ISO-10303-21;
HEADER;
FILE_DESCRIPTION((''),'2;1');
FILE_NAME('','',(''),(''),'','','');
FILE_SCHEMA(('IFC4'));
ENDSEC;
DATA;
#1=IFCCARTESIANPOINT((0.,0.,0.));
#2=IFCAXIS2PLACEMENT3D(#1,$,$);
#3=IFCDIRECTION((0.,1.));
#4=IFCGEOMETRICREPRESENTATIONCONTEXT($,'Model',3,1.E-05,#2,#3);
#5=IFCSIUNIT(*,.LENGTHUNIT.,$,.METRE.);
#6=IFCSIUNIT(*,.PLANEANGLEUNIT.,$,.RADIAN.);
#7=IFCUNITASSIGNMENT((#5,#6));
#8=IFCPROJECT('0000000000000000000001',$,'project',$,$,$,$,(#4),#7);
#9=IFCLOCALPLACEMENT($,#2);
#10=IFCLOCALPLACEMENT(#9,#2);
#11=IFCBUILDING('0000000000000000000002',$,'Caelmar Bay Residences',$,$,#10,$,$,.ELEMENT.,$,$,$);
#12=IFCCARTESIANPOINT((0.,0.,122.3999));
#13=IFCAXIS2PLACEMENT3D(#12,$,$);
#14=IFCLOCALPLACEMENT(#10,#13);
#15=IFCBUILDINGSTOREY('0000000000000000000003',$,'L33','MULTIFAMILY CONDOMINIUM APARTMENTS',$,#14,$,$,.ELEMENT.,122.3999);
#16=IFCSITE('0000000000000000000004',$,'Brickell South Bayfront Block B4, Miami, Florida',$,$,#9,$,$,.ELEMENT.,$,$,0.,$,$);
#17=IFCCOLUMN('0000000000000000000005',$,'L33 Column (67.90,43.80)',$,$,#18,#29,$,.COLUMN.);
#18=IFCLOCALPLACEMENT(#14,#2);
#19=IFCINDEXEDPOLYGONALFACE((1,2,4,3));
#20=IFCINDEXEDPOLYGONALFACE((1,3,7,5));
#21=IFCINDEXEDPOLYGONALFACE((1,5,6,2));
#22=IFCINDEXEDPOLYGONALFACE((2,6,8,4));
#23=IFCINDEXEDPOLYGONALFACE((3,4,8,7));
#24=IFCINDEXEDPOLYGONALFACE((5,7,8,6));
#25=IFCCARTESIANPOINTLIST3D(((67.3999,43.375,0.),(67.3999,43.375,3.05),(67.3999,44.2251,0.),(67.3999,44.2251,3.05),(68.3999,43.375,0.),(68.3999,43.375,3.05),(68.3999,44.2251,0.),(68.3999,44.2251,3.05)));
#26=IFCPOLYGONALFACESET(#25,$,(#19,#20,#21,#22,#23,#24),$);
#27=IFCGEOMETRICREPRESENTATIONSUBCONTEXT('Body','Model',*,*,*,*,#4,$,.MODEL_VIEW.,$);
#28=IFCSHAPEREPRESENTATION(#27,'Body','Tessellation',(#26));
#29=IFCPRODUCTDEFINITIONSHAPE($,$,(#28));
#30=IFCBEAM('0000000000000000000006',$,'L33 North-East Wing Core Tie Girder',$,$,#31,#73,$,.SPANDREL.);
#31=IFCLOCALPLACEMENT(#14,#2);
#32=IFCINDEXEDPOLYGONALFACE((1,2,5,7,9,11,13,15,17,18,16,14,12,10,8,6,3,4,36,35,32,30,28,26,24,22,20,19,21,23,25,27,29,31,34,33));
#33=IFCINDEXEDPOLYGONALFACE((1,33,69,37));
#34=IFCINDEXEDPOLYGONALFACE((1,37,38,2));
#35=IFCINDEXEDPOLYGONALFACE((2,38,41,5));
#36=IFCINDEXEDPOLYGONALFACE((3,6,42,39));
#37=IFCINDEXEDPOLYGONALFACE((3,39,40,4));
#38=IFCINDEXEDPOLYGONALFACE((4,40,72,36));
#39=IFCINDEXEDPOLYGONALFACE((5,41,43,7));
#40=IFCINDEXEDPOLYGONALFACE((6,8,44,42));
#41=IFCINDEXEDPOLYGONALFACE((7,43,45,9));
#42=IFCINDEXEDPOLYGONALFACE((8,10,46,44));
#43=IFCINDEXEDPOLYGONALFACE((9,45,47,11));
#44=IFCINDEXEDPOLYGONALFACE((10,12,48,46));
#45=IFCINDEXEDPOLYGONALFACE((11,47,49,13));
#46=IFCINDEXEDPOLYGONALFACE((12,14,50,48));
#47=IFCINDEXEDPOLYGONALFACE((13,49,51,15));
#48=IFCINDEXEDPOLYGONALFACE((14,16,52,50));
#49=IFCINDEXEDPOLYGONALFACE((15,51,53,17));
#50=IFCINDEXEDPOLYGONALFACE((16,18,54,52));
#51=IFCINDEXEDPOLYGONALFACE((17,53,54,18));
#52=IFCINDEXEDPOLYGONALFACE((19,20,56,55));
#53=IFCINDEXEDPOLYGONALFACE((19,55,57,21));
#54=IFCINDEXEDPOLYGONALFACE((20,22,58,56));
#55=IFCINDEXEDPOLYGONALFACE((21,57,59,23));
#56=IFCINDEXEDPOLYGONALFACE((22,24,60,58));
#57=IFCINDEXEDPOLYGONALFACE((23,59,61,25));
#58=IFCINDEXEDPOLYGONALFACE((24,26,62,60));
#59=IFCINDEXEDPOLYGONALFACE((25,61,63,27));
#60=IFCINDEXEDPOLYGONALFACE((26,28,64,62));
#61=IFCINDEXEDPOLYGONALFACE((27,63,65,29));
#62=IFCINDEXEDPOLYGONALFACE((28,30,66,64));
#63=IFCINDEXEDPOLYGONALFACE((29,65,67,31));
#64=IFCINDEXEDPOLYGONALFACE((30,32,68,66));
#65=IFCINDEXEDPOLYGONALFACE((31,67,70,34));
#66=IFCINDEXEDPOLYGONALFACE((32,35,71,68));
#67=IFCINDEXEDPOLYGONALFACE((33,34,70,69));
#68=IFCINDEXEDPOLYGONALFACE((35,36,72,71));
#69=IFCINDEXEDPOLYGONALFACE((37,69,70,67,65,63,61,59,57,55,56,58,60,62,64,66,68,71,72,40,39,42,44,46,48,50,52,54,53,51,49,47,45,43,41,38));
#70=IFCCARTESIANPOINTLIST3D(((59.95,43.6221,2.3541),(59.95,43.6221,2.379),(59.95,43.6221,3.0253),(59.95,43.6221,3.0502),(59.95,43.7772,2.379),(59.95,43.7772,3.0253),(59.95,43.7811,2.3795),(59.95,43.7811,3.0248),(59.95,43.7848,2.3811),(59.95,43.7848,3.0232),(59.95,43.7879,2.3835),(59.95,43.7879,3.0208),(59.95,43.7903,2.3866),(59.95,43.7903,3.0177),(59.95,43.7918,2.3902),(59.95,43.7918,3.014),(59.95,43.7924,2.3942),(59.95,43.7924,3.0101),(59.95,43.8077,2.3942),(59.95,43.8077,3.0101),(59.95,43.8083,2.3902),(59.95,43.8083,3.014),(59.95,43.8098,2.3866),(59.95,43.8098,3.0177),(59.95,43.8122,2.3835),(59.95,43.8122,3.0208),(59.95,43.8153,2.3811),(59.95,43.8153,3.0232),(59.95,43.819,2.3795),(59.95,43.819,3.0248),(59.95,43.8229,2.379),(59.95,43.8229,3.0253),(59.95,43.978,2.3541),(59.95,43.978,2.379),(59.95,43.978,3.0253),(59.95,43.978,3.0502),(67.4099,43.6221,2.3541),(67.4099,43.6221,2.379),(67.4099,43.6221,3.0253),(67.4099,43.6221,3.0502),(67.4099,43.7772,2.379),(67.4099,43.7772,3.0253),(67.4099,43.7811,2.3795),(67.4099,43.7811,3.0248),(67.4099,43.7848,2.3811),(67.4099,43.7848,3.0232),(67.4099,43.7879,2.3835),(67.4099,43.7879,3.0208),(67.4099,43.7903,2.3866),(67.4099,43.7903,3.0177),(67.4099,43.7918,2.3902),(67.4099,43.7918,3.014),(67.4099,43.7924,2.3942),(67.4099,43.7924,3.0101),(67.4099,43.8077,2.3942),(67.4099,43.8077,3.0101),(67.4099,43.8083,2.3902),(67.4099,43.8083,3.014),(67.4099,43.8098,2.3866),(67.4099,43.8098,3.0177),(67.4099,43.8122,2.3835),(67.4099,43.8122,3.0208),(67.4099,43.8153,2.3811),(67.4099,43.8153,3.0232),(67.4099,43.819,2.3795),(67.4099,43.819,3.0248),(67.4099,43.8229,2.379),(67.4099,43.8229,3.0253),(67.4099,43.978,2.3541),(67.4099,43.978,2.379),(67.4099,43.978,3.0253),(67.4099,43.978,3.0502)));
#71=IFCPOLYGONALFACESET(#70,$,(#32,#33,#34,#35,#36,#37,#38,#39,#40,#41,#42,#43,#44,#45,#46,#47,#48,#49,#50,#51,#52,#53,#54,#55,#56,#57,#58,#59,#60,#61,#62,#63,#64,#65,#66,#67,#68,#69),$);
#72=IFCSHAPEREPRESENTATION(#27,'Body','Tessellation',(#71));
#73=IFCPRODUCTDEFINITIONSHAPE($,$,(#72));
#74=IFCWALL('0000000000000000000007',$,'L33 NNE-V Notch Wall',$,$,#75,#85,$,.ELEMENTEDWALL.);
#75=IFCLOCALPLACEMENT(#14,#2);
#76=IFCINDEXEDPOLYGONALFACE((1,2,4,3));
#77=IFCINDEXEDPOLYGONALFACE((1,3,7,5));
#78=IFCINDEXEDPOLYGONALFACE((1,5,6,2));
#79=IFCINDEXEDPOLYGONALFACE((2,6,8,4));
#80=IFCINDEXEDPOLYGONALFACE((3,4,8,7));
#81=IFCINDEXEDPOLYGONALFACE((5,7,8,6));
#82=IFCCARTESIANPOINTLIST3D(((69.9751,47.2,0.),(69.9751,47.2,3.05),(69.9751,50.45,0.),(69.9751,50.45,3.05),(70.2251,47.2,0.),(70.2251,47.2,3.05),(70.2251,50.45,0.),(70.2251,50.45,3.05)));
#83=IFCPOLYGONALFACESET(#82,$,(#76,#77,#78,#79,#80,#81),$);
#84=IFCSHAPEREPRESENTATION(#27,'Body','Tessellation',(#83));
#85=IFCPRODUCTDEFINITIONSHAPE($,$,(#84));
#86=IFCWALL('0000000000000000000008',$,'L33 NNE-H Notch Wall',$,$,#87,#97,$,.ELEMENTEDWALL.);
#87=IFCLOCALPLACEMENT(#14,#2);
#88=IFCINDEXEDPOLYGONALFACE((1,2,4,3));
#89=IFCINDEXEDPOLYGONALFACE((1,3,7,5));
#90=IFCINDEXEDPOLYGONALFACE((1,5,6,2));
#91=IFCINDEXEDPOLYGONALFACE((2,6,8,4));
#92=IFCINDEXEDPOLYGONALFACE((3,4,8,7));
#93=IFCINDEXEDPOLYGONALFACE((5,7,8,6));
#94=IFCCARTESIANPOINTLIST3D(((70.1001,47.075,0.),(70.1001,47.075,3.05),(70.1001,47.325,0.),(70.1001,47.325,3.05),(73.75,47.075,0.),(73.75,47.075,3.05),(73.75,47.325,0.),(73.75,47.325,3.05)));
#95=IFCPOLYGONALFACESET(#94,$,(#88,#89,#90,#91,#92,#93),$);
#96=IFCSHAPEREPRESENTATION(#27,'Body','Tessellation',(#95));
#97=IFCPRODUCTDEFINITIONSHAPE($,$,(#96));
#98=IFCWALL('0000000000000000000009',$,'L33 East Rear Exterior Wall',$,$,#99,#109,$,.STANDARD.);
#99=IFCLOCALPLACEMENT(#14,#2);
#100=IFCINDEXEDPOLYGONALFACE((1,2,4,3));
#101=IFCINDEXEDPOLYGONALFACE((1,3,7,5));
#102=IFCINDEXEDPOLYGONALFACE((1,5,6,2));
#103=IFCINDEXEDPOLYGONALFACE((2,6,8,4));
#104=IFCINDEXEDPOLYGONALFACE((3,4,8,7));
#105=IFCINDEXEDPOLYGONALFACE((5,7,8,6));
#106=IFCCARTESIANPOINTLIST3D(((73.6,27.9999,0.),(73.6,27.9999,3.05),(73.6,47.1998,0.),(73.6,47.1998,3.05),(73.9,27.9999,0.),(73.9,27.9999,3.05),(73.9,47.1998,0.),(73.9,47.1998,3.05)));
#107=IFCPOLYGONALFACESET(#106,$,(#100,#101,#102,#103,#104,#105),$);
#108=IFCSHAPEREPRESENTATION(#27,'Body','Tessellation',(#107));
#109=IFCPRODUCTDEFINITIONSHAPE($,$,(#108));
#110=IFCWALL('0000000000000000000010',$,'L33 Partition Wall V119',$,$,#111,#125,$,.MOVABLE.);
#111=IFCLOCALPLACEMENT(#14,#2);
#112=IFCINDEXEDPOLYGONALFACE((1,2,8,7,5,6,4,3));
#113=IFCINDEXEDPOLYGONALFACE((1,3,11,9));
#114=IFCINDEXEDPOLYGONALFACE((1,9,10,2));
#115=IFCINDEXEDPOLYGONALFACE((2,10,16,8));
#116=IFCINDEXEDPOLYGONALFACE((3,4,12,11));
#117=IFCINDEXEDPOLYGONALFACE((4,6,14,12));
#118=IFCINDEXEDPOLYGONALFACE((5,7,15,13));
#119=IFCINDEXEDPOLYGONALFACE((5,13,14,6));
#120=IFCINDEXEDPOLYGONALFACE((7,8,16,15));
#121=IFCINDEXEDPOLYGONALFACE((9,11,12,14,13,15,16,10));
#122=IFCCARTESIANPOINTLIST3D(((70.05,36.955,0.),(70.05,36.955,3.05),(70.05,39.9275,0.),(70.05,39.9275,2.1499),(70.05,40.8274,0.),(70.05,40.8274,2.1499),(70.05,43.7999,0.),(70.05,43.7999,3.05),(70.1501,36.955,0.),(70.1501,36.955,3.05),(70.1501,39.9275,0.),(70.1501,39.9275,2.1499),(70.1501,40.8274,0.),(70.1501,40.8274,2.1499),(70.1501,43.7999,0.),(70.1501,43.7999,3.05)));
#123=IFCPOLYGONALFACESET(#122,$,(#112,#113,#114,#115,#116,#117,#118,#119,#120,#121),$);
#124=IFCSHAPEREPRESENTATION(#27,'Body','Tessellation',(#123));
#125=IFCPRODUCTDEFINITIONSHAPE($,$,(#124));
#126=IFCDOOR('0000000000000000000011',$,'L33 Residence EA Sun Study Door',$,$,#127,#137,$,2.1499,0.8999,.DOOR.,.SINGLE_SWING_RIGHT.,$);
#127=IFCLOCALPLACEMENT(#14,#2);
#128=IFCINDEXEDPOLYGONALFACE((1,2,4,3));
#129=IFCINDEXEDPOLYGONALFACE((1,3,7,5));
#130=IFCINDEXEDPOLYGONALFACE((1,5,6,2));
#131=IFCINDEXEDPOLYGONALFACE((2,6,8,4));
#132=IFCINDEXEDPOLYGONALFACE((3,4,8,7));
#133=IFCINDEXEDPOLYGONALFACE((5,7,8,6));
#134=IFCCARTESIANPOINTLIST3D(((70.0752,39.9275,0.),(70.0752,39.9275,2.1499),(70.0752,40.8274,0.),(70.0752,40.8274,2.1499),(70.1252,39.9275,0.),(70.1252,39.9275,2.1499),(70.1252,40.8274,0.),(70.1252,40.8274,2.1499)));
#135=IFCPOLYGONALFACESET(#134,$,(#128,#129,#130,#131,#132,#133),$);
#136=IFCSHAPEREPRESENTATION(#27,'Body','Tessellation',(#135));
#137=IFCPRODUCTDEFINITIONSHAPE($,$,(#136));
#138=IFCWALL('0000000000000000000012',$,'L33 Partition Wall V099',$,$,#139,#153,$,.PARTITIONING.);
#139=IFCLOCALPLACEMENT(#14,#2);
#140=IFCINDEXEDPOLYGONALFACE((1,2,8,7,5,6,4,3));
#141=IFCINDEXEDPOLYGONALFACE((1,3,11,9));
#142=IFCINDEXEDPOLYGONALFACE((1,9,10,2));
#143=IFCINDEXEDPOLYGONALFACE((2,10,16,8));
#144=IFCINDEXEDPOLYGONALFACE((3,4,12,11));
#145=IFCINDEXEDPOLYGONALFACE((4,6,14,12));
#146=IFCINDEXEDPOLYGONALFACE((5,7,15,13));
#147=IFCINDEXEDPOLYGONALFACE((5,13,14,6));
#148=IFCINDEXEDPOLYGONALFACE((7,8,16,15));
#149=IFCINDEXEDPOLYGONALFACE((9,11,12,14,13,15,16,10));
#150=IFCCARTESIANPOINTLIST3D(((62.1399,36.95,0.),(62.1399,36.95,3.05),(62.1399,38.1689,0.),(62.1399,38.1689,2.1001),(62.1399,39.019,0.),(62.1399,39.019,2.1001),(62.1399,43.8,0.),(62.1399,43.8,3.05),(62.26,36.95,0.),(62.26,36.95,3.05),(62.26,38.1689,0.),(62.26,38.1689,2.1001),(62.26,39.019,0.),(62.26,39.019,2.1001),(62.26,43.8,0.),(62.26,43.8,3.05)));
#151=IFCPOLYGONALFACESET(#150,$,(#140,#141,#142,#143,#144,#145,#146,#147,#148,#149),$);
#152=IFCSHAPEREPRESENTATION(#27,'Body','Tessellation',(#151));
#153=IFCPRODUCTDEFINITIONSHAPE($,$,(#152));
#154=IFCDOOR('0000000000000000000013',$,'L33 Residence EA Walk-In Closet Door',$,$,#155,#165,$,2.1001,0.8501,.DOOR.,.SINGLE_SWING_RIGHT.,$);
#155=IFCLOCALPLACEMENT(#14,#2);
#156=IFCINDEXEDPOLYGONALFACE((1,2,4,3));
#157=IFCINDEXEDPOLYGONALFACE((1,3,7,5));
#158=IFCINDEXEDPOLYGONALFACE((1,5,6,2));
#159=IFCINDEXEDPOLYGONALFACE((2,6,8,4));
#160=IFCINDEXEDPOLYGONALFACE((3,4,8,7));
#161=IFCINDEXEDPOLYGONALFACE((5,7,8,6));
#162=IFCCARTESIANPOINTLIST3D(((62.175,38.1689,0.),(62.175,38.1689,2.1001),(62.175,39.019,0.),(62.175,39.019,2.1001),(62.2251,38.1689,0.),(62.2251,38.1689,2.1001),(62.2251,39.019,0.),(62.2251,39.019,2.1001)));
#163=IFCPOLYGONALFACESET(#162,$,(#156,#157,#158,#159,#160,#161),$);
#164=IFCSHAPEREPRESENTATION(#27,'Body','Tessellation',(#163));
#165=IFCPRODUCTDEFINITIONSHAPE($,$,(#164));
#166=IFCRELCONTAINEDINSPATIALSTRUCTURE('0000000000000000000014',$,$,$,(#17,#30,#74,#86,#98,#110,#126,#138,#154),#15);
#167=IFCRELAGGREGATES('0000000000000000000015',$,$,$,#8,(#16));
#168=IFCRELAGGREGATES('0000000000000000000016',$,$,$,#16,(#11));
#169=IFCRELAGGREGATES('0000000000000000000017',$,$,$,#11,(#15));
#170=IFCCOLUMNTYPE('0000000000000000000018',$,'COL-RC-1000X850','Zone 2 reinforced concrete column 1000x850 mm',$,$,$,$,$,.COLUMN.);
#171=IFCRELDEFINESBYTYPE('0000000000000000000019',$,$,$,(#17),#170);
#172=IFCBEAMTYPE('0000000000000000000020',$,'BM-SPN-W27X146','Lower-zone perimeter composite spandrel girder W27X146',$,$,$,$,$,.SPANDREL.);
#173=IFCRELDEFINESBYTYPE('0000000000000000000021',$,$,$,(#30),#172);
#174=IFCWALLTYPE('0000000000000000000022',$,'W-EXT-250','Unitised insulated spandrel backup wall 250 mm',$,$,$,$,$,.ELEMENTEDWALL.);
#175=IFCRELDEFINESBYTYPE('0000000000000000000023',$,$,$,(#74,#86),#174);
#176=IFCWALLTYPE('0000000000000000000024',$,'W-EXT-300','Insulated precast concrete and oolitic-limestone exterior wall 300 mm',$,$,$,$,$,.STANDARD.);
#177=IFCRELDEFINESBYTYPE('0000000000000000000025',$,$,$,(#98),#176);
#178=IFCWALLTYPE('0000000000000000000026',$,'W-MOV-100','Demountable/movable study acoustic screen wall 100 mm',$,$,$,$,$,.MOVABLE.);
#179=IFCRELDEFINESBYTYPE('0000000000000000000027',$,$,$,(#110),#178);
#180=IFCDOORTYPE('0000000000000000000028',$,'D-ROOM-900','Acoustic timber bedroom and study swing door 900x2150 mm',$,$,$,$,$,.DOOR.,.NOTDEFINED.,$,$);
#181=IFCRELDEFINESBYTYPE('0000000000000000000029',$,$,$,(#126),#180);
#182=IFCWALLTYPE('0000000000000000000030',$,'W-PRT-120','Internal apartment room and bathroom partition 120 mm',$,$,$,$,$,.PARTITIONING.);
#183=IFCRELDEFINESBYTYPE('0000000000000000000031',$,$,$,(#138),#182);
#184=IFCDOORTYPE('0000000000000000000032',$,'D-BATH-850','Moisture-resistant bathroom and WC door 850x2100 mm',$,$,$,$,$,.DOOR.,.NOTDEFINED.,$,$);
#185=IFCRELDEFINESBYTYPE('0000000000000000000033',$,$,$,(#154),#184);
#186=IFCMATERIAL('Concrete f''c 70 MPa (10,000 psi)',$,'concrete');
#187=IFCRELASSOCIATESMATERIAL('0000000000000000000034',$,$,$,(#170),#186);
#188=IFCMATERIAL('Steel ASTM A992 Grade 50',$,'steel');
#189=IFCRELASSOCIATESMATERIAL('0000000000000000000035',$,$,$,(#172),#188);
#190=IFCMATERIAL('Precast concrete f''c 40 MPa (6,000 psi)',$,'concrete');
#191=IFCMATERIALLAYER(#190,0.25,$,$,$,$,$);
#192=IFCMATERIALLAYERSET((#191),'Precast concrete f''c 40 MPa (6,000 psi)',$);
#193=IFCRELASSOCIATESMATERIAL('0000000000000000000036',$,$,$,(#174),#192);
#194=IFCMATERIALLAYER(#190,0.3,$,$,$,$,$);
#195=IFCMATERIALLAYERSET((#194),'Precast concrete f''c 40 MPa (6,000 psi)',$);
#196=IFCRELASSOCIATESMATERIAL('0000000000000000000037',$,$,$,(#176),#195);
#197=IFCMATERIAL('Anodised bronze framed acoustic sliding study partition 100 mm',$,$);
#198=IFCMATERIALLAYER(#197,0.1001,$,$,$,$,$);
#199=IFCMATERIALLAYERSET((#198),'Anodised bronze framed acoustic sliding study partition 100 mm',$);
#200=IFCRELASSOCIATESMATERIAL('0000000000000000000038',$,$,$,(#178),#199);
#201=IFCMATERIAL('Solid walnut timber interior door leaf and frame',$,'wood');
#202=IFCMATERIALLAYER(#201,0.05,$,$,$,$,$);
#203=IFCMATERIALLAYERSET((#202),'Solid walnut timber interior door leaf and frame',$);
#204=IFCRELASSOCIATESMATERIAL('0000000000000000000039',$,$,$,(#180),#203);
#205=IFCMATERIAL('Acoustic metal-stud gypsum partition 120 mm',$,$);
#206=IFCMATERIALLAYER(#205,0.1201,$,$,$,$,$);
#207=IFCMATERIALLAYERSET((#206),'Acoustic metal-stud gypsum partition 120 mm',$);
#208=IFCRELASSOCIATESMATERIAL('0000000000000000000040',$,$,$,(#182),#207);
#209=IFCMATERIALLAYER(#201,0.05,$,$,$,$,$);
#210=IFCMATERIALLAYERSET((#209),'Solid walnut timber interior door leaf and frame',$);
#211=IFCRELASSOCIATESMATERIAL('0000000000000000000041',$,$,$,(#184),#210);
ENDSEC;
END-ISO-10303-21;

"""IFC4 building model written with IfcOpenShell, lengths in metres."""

from ifc_helpers import new_model, si_unit, direction, frame, frame_2d, origin, origin_2d, place, context, subcontext, project, spatial, rectangle, i_section, extrude, material, layer, layer_set, material_profile, profile_set, type_object, element, fill, save


model = new_model("IFC4")

# Units and contexts
model_context = context("Model", 3, precision=1e-05, world=origin(), true_north=direction((0.0, 1.0)))
body_context = subcontext(model_context, "Body", "Model", "MODEL_VIEW")
ifc_project = project(units=[si_unit("LENGTHUNIT", "METRE"), si_unit("PLANEANGLEUNIT", "RADIAN")], contexts=[model_context])

# Site, building, storey
site_placement = place(None, origin())
site = spatial("IfcSite", under=ifc_project, at=site_placement, Name="Brickell South Bayfront Block B4, Miami, Florida", CompositionType="ELEMENT", RefElevation=0.0)
building_placement = place(site_placement, origin())
building = spatial("IfcBuilding", under=site, at=building_placement, Name="Caelmar Bay Residences", CompositionType="ELEMENT")
storey_placement = place(building_placement, frame((0.0, 0.0, 122.3999)))
storey = spatial("IfcBuildingStorey", under=building, at=storey_placement, Name="L33", Description="MULTIFAMILY CONDOMINIUM APARTMENTS", CompositionType="ELEMENT", Elevation=122.3999)

# Column
ifc_material_1 = material(Name="Concrete f'c 70 MPa (10,000 psi)", Category="concrete")
ifc_material_profile_1 = material_profile(ifc_material_1, rectangle(XDim=1.0, YDim=0.8501, at=origin_2d()), Name="RC-COL-1000X850")
ifc_profile_set_1 = profile_set([ifc_material_profile_1], Name="Concrete f'c 70 MPa (10,000 psi)")
column_type = type_object("IfcColumnType", Name="COL-RC-1000X850", Description="Zone 2 reinforced concrete column 1000x850 mm", PredefinedType="COLUMN", material=ifc_profile_set_1)
column_placement = place(storey_placement, frame((67.8999, 43.8, 0.0), z_axis=(0.0, 0.0, 1.0), x_axis=(1.0, 0.0, 0.0)))
element("IfcColumn", 1, at=column_placement, inside=storey, type_object=column_type, Name="L33 Column (67.90,43.80)", PredefinedType="COLUMN", context=body_context, shape_type="SweptSolid", body=[
    extrude(rectangle(XDim=1.0, YDim=0.8501, at=origin_2d()), origin(), (0.0, 0.0, 1.0), 3.05),
])

# Beam
ifc_material_2 = material(Name="Steel ASTM A992 Grade 50", Category="steel")
ifc_material_profile_2 = material_profile(ifc_material_2, i_section(OverallWidth=0.356, OverallDepth=0.696, WebThickness=0.0154, FlangeThickness=0.0249, FilletRadius=0.0151, at=origin_2d()), Name="W27X146")
ifc_profile_set_2 = profile_set([ifc_material_profile_2], Name="Steel ASTM A992 Grade 50")
beam_type = type_object("IfcBeamType", Name="BM-SPN-W27X146", Description="Lower-zone perimeter composite spandrel girder W27X146", PredefinedType="SPANDREL", material=ifc_profile_set_2)
beam_placement = place(storey_placement, frame((59.95, 43.8, 2.7021), z_axis=(1.0, 0.0, 0.0), x_axis=(0.0, 1.0, 0.0)))
element("IfcBeam", 2, at=beam_placement, inside=storey, type_object=beam_type, Name="L33 North-East Wing Core Tie Girder", PredefinedType="SPANDREL", context=body_context, shape_type="SweptSolid", body=[
    extrude(i_section(OverallWidth=0.356, OverallDepth=0.696, WebThickness=0.0154, FlangeThickness=0.0249, FilletRadius=0.0151, at=origin_2d()), origin(), (0.0, 0.0, 1.0), 7.46),
])

# Walls
ifc_material_3 = material(Name="Precast concrete f'c 40 MPa (6,000 psi)", Category="concrete")
ifc_layer_1 = layer(ifc_material_3, 0.25)
ifc_layer_set_1 = layer_set([ifc_layer_1], Name="Precast concrete f'c 40 MPa (6,000 psi)")
wall_type_1 = type_object("IfcWallType", Name="W-EXT-250", Description="Unitised insulated spandrel backup wall 250 mm", PredefinedType="ELEMENTEDWALL", material=ifc_layer_set_1)
wall_1_placement = place(storey_placement, frame((70.1001, 50.45, 0.0), z_axis=(0.0, 0.0, 1.0), x_axis=(0.0, -1.0, 0.0)))
element("IfcWall", 3, at=wall_1_placement, inside=storey, type_object=wall_type_1, Name="L33 NNE-V Notch Wall", PredefinedType="ELEMENTEDWALL", context=body_context, shape_type="SweptSolid", body=[
    extrude(rectangle(XDim=3.25, YDim=0.25, at=frame_2d((1.625, 0.0))), origin(), (0.0, 0.0, 1.0), 3.05),
])
wall_2_placement = place(storey_placement, frame((70.1001, 47.2, 0.0), z_axis=(0.0, 0.0, 1.0), x_axis=(1.0, 0.0, 0.0)))
element("IfcWall", 4, at=wall_2_placement, inside=storey, type_object=wall_type_1, Name="L33 NNE-H Notch Wall", PredefinedType="ELEMENTEDWALL", context=body_context, shape_type="SweptSolid", body=[
    extrude(rectangle(XDim=3.6499, YDim=0.25, at=frame_2d((1.825, 0.0))), origin(), (0.0, 0.0, 1.0), 3.05),
])
ifc_layer_2 = layer(ifc_material_3, 0.3)
ifc_layer_set_2 = layer_set([ifc_layer_2], Name="Precast concrete f'c 40 MPa (6,000 psi)")
wall_type_2 = type_object("IfcWallType", Name="W-EXT-300", Description="Insulated precast concrete and oolitic-limestone exterior wall 300 mm", PredefinedType="STANDARD", material=ifc_layer_set_2)
wall_3_placement = place(storey_placement, frame((73.75, 47.2, 0.0), z_axis=(0.0, 0.0, 1.0), x_axis=(0.0, -1.0, 0.0)))
element("IfcWall", 5, at=wall_3_placement, inside=storey, type_object=wall_type_2, Name="L33 East Rear Exterior Wall", PredefinedType="STANDARD", context=body_context, shape_type="SweptSolid", body=[
    extrude(rectangle(XDim=19.2, YDim=0.3, at=frame_2d((9.6001, 0.0))), origin(), (0.0, 0.0, 1.0), 3.05),
])

# Walls, openings, doors
ifc_material_4 = material(Name="Anodised bronze framed acoustic sliding study partition 100 mm")
ifc_layer_3 = layer(ifc_material_4, 0.1001)
ifc_layer_set_3 = layer_set([ifc_layer_3], Name="Anodised bronze framed acoustic sliding study partition 100 mm")
wall_type_3 = type_object("IfcWallType", Name="W-MOV-100", Description="Demountable/movable study acoustic screen wall 100 mm", PredefinedType="MOVABLE", material=ifc_layer_set_3)
wall_4_placement = place(storey_placement, frame((70.1001, 36.9551, 0.0), z_axis=(0.0, 0.0, 1.0), x_axis=(0.0, 1.0, 0.0)))
wall_4 = element("IfcWall", 6, at=wall_4_placement, inside=storey, type_object=wall_type_3, Name="L33 Partition Wall V119", PredefinedType="MOVABLE", context=body_context, shape_type="SweptSolid", body=[
    extrude(rectangle(XDim=6.845, YDim=0.1001, at=frame_2d((3.4224, 0.0))), origin(), (0.0, 0.0, 1.0), 3.05),
])
opening_1_placement = place(wall_4_placement, frame((2.9724, 0.0, 0.0)))
opening_1 = element("IfcOpeningElement", 7, at=opening_1_placement, cuts=wall_4, PredefinedType="OPENING", context=body_context, shape_type="SweptSolid", body=[
    extrude(rectangle(XDim=0.8999, YDim=2.1499, at=frame_2d((0.45, 1.075))), frame((0.0, 0.0601, 0.0), z_axis=(0.0, -1.0, 0.0), x_axis=(1.0, 0.0, 0.0)), (0.0, 0.0, 1.0), 0.1201),
])
ifc_material_5 = material(Name="Solid walnut timber interior door leaf and frame", Category="wood")
ifc_layer_4 = layer(ifc_material_5, 0.05)
ifc_layer_set_4 = layer_set([ifc_layer_4], Name="Solid walnut timber interior door leaf and frame")
door_type_1 = type_object("IfcDoorType", Name="D-ROOM-900", Description="Acoustic timber bedroom and study swing door 900x2150 mm", OperationType="NOTDEFINED", PredefinedType="DOOR", material=ifc_layer_set_4)
door_1_placement = place(opening_1_placement, origin())
door_1 = element("IfcDoor", 8, at=door_1_placement, inside=storey, type_object=door_type_1, Name="L33 Residence EA Sun Study Door", OperationType="SINGLE_SWING_RIGHT", OverallHeight=2.1499, OverallWidth=0.8999, PredefinedType="DOOR", context=body_context, shape_type="SweptSolid", body=[
    extrude(rectangle(XDim=0.8999, YDim=2.1499, at=frame_2d((0.45, 1.075))), frame((0.0, 0.0249, 0.0), z_axis=(0.0, -1.0, 0.0), x_axis=(1.0, 0.0, 0.0)), (0.0, 0.0, 1.0), 0.05),
])
fill(opening_1, door_1)
ifc_material_6 = material(Name="Acoustic metal-stud gypsum partition 120 mm")
ifc_layer_5 = layer(ifc_material_6, 0.1201)
ifc_layer_set_5 = layer_set([ifc_layer_5], Name="Acoustic metal-stud gypsum partition 120 mm")
wall_type_4 = type_object("IfcWallType", Name="W-PRT-120", Description="Internal apartment room and bathroom partition 120 mm", PredefinedType="PARTITIONING", material=ifc_layer_set_5)
wall_5_placement = place(storey_placement, frame((62.2, 36.95, 0.0), z_axis=(0.0, 0.0, 1.0), x_axis=(0.0, 1.0, 0.0)))
wall_5 = element("IfcWall", 9, at=wall_5_placement, inside=storey, type_object=wall_type_4, Name="L33 Partition Wall V099", PredefinedType="PARTITIONING", context=body_context, shape_type="SweptSolid", body=[
    extrude(rectangle(XDim=6.8501, YDim=0.1201, at=frame_2d((3.425, 0.0))), origin(), (0.0, 0.0, 1.0), 3.05),
])
opening_2_placement = place(wall_5_placement, frame((1.219, 0.0, 0.0)))
opening_2 = element("IfcOpeningElement", 10, at=opening_2_placement, cuts=wall_5, PredefinedType="OPENING", context=body_context, shape_type="SweptSolid", body=[
    extrude(rectangle(XDim=0.8501, YDim=2.1001, at=frame_2d((0.425, 1.05))), frame((0.0, 0.0701, 0.0), z_axis=(0.0, -1.0, 0.0), x_axis=(1.0, 0.0, 0.0)), (0.0, 0.0, 1.0), 0.1401),
])
ifc_layer_6 = layer(ifc_material_5, 0.05)
ifc_layer_set_6 = layer_set([ifc_layer_6], Name="Solid walnut timber interior door leaf and frame")
door_type_2 = type_object("IfcDoorType", Name="D-BATH-850", Description="Moisture-resistant bathroom and WC door 850x2100 mm", OperationType="NOTDEFINED", PredefinedType="DOOR", material=ifc_layer_set_6)
door_2_placement = place(opening_2_placement, origin())
door_2 = element("IfcDoor", 11, at=door_2_placement, inside=storey, type_object=door_type_2, Name="L33 Residence EA Walk-In Closet Door", OperationType="SINGLE_SWING_RIGHT", OverallHeight=2.1001, OverallWidth=0.8501, PredefinedType="DOOR", context=body_context, shape_type="SweptSolid", body=[
    extrude(rectangle(XDim=0.8501, YDim=2.1001, at=frame_2d((0.425, 1.05))), frame((0.0, 0.0249, 0.0), z_axis=(0.0, -1.0, 0.0), x_axis=(1.0, 0.0, 0.0)), (0.0, 0.0, 1.0), 0.05),
])
fill(opening_2, door_2)

save(model, "model.ifc")
